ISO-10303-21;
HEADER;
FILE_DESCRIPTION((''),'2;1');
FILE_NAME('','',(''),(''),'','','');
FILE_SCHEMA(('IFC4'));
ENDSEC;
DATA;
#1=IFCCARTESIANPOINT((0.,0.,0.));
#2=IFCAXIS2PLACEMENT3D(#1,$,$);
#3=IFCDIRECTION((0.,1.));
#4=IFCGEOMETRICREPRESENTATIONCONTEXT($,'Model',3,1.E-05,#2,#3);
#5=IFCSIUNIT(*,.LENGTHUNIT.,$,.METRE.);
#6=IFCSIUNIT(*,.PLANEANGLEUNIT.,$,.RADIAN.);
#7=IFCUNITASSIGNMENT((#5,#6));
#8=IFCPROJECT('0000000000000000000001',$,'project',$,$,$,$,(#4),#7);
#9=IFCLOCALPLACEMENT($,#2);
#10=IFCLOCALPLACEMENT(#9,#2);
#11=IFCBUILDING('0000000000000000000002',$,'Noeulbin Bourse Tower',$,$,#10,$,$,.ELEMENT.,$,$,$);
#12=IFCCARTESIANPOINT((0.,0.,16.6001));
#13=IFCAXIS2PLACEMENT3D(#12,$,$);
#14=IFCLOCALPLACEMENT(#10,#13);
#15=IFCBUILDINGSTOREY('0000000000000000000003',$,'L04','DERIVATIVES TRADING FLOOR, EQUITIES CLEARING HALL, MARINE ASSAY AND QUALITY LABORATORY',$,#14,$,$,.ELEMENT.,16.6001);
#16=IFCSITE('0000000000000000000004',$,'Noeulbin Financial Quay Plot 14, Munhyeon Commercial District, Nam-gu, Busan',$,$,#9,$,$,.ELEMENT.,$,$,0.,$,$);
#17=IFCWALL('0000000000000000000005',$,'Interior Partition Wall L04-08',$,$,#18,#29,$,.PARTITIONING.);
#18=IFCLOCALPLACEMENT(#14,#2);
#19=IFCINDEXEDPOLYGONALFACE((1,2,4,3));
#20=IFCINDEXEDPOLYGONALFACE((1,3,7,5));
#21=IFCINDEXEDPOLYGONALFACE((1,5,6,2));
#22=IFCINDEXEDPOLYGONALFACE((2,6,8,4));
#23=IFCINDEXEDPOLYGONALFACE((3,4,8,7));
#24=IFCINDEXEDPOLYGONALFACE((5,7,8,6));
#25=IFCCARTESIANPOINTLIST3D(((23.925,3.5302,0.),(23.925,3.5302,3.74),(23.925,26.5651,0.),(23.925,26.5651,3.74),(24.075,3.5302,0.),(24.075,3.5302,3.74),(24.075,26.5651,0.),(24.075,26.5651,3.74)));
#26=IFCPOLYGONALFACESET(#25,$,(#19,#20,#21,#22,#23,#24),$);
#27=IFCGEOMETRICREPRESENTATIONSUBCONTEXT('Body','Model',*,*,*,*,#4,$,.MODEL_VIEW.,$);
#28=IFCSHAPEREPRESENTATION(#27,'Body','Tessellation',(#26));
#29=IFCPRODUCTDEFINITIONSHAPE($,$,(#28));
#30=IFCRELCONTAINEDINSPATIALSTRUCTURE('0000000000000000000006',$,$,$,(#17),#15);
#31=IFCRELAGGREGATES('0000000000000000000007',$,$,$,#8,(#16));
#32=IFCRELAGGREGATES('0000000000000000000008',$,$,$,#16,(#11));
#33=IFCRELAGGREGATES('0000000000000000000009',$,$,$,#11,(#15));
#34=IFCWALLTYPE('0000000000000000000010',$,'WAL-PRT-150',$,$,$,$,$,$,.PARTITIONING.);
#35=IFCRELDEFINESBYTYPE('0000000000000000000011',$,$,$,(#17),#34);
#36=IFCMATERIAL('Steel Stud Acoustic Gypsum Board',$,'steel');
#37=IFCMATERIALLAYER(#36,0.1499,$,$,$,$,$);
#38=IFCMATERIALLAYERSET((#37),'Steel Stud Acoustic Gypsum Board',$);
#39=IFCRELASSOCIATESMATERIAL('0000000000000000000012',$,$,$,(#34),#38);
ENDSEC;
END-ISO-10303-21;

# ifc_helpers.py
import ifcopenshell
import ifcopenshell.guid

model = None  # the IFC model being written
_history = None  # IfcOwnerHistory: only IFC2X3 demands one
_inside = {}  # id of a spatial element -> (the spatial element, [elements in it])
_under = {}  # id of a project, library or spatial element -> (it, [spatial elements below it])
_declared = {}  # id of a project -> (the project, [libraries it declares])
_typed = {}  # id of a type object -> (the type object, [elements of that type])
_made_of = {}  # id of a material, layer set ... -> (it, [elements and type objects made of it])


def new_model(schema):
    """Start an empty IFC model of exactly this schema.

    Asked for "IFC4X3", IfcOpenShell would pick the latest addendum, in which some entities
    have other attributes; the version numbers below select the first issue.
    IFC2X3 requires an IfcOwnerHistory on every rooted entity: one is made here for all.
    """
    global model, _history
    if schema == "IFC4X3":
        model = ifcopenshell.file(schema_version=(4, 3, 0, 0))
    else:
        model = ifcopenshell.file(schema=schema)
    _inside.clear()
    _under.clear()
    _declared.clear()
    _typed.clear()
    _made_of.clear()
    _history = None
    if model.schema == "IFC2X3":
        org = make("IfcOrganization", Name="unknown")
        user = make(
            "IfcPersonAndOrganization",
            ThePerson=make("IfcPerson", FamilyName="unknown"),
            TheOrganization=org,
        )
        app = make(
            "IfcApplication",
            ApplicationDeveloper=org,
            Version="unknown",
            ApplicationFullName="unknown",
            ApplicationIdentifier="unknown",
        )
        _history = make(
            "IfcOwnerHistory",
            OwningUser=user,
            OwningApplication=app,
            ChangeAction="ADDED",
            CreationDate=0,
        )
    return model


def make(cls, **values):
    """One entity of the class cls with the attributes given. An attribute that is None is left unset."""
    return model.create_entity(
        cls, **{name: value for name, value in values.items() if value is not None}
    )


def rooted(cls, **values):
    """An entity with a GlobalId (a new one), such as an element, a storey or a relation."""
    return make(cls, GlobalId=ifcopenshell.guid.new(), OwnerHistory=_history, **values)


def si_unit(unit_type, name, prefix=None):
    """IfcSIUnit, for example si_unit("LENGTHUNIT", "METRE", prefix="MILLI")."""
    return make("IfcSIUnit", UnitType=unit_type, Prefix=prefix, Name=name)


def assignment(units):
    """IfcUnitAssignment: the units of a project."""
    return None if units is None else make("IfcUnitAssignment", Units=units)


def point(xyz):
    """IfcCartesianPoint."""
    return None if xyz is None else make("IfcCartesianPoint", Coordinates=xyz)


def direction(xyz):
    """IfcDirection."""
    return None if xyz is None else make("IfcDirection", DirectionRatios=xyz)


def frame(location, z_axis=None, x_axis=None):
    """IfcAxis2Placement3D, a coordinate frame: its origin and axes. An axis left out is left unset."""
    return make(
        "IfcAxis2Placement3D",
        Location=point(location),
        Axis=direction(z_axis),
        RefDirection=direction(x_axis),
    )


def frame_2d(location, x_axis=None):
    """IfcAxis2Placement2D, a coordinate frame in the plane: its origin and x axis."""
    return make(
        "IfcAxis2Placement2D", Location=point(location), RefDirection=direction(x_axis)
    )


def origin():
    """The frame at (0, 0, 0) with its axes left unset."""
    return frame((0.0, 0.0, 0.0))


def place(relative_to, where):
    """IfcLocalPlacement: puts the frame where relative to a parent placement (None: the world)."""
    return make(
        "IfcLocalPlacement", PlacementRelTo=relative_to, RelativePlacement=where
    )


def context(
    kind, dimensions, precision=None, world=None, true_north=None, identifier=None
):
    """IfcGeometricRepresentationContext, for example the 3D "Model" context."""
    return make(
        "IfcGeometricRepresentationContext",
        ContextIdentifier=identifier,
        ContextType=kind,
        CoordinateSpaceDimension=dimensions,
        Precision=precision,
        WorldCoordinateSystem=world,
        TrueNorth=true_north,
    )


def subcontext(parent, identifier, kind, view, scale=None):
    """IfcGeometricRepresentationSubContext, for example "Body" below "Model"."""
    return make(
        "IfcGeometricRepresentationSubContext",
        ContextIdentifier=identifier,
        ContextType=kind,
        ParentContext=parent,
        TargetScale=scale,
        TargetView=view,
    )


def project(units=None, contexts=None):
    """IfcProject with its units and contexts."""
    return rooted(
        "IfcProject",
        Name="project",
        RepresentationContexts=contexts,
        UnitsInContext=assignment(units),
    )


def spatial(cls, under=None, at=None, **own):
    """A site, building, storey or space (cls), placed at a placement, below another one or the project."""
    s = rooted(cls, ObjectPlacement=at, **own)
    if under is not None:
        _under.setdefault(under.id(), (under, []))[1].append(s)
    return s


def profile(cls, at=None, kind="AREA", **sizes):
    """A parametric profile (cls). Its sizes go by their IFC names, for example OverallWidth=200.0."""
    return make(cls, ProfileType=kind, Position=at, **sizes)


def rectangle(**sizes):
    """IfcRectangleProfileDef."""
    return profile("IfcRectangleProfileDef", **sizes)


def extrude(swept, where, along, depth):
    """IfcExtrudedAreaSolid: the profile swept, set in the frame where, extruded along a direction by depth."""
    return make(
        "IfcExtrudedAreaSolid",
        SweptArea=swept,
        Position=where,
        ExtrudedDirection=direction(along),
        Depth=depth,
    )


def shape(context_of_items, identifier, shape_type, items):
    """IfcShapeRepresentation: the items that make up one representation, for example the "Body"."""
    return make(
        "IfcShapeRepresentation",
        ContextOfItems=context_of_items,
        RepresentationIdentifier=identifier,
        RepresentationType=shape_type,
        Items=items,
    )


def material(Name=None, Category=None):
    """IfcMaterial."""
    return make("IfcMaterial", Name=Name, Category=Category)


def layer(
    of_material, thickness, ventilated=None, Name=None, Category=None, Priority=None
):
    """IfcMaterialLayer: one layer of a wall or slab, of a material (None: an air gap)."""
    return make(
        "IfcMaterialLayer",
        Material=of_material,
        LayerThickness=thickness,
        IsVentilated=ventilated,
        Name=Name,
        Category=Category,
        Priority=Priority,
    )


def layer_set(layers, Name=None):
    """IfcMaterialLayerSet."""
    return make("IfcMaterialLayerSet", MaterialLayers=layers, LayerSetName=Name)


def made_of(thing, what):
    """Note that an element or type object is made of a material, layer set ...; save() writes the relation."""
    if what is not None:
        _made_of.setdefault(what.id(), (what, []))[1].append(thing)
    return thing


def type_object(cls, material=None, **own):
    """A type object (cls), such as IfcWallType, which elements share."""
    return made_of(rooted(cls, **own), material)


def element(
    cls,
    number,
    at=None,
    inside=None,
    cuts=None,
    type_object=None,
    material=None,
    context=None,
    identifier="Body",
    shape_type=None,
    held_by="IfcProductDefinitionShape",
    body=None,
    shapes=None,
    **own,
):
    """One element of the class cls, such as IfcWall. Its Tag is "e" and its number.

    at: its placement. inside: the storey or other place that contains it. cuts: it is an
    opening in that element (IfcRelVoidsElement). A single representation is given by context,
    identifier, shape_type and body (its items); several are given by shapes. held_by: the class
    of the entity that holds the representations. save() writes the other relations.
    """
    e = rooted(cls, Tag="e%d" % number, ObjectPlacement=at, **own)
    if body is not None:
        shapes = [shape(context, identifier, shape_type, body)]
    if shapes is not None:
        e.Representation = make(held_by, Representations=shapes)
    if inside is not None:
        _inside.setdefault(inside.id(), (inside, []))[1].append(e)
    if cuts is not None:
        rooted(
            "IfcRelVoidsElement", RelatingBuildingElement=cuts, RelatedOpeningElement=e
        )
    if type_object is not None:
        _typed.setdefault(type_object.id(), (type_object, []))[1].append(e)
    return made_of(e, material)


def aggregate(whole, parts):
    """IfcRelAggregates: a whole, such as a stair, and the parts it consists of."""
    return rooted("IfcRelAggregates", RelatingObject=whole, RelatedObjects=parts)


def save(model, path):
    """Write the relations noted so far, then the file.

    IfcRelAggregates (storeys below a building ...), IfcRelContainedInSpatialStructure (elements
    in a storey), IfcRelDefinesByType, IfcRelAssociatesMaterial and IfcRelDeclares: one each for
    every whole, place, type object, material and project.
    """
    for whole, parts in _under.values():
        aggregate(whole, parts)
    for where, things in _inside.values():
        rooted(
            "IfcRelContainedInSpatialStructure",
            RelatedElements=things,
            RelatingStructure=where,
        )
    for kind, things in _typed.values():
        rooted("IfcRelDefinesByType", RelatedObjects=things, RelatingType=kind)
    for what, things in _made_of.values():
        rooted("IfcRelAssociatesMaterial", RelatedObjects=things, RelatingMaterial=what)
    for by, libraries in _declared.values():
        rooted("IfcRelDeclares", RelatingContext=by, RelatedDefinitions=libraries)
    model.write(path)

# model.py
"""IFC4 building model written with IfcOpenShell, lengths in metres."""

from ifc_helpers import new_model, si_unit, direction, frame, frame_2d, origin, place, context, subcontext, project, spatial, rectangle, extrude, material, layer, layer_set, type_object, element, save


model = new_model("IFC4")

# Units and contexts
model_context = context("Model", 3, precision=1e-05, world=origin(), true_north=direction((0.0, 1.0)))
body_context = subcontext(model_context, "Body", "Model", "MODEL_VIEW")
ifc_project = project(units=[si_unit("LENGTHUNIT", "METRE"), si_unit("PLANEANGLEUNIT", "RADIAN")], contexts=[model_context])

# Site, building, storey
site_placement = place(None, origin())
site = spatial("IfcSite", under=ifc_project, at=site_placement, Name="Noeulbin Financial Quay Plot 14, Munhyeon Commercial District, Nam-gu, Busan", CompositionType="ELEMENT", RefElevation=0.0)
building_placement = place(site_placement, origin())
building = spatial("IfcBuilding", under=site, at=building_placement, Name="Noeulbin Bourse Tower", CompositionType="ELEMENT")
storey_placement = place(building_placement, frame((0.0, 0.0, 16.6001)))
storey = spatial("IfcBuildingStorey", under=building, at=storey_placement, Name="L04", Description="DERIVATIVES TRADING FLOOR, EQUITIES CLEARING HALL, MARINE ASSAY AND QUALITY LABORATORY", CompositionType="ELEMENT", Elevation=16.6001)

# Wall
ifc_material_1 = material(Name="Steel Stud Acoustic Gypsum Board", Category="steel")
ifc_layer_1 = layer(ifc_material_1, 0.1499)
ifc_layer_set_1 = layer_set([ifc_layer_1], Name="Steel Stud Acoustic Gypsum Board")
wall_type = type_object("IfcWallType", Name="WAL-PRT-150", PredefinedType="PARTITIONING", material=ifc_layer_set_1)
wall_placement = place(storey_placement, frame((24.0, 3.53, 0.0), z_axis=(0.0, 0.0, 1.0), x_axis=(0.0, 1.0, 0.0)))
element("IfcWall", 1, at=wall_placement, inside=storey, type_object=wall_type, Name="Interior Partition Wall L04-08", PredefinedType="PARTITIONING", context=body_context, shape_type="SweptSolid", body=[
    extrude(rectangle(XDim=23.0349, YDim=0.1499, at=frame_2d((11.5176, 0.0))), origin(), (0.0, 0.0, 1.0), 3.74),
])

save(model, "model.ifc")
